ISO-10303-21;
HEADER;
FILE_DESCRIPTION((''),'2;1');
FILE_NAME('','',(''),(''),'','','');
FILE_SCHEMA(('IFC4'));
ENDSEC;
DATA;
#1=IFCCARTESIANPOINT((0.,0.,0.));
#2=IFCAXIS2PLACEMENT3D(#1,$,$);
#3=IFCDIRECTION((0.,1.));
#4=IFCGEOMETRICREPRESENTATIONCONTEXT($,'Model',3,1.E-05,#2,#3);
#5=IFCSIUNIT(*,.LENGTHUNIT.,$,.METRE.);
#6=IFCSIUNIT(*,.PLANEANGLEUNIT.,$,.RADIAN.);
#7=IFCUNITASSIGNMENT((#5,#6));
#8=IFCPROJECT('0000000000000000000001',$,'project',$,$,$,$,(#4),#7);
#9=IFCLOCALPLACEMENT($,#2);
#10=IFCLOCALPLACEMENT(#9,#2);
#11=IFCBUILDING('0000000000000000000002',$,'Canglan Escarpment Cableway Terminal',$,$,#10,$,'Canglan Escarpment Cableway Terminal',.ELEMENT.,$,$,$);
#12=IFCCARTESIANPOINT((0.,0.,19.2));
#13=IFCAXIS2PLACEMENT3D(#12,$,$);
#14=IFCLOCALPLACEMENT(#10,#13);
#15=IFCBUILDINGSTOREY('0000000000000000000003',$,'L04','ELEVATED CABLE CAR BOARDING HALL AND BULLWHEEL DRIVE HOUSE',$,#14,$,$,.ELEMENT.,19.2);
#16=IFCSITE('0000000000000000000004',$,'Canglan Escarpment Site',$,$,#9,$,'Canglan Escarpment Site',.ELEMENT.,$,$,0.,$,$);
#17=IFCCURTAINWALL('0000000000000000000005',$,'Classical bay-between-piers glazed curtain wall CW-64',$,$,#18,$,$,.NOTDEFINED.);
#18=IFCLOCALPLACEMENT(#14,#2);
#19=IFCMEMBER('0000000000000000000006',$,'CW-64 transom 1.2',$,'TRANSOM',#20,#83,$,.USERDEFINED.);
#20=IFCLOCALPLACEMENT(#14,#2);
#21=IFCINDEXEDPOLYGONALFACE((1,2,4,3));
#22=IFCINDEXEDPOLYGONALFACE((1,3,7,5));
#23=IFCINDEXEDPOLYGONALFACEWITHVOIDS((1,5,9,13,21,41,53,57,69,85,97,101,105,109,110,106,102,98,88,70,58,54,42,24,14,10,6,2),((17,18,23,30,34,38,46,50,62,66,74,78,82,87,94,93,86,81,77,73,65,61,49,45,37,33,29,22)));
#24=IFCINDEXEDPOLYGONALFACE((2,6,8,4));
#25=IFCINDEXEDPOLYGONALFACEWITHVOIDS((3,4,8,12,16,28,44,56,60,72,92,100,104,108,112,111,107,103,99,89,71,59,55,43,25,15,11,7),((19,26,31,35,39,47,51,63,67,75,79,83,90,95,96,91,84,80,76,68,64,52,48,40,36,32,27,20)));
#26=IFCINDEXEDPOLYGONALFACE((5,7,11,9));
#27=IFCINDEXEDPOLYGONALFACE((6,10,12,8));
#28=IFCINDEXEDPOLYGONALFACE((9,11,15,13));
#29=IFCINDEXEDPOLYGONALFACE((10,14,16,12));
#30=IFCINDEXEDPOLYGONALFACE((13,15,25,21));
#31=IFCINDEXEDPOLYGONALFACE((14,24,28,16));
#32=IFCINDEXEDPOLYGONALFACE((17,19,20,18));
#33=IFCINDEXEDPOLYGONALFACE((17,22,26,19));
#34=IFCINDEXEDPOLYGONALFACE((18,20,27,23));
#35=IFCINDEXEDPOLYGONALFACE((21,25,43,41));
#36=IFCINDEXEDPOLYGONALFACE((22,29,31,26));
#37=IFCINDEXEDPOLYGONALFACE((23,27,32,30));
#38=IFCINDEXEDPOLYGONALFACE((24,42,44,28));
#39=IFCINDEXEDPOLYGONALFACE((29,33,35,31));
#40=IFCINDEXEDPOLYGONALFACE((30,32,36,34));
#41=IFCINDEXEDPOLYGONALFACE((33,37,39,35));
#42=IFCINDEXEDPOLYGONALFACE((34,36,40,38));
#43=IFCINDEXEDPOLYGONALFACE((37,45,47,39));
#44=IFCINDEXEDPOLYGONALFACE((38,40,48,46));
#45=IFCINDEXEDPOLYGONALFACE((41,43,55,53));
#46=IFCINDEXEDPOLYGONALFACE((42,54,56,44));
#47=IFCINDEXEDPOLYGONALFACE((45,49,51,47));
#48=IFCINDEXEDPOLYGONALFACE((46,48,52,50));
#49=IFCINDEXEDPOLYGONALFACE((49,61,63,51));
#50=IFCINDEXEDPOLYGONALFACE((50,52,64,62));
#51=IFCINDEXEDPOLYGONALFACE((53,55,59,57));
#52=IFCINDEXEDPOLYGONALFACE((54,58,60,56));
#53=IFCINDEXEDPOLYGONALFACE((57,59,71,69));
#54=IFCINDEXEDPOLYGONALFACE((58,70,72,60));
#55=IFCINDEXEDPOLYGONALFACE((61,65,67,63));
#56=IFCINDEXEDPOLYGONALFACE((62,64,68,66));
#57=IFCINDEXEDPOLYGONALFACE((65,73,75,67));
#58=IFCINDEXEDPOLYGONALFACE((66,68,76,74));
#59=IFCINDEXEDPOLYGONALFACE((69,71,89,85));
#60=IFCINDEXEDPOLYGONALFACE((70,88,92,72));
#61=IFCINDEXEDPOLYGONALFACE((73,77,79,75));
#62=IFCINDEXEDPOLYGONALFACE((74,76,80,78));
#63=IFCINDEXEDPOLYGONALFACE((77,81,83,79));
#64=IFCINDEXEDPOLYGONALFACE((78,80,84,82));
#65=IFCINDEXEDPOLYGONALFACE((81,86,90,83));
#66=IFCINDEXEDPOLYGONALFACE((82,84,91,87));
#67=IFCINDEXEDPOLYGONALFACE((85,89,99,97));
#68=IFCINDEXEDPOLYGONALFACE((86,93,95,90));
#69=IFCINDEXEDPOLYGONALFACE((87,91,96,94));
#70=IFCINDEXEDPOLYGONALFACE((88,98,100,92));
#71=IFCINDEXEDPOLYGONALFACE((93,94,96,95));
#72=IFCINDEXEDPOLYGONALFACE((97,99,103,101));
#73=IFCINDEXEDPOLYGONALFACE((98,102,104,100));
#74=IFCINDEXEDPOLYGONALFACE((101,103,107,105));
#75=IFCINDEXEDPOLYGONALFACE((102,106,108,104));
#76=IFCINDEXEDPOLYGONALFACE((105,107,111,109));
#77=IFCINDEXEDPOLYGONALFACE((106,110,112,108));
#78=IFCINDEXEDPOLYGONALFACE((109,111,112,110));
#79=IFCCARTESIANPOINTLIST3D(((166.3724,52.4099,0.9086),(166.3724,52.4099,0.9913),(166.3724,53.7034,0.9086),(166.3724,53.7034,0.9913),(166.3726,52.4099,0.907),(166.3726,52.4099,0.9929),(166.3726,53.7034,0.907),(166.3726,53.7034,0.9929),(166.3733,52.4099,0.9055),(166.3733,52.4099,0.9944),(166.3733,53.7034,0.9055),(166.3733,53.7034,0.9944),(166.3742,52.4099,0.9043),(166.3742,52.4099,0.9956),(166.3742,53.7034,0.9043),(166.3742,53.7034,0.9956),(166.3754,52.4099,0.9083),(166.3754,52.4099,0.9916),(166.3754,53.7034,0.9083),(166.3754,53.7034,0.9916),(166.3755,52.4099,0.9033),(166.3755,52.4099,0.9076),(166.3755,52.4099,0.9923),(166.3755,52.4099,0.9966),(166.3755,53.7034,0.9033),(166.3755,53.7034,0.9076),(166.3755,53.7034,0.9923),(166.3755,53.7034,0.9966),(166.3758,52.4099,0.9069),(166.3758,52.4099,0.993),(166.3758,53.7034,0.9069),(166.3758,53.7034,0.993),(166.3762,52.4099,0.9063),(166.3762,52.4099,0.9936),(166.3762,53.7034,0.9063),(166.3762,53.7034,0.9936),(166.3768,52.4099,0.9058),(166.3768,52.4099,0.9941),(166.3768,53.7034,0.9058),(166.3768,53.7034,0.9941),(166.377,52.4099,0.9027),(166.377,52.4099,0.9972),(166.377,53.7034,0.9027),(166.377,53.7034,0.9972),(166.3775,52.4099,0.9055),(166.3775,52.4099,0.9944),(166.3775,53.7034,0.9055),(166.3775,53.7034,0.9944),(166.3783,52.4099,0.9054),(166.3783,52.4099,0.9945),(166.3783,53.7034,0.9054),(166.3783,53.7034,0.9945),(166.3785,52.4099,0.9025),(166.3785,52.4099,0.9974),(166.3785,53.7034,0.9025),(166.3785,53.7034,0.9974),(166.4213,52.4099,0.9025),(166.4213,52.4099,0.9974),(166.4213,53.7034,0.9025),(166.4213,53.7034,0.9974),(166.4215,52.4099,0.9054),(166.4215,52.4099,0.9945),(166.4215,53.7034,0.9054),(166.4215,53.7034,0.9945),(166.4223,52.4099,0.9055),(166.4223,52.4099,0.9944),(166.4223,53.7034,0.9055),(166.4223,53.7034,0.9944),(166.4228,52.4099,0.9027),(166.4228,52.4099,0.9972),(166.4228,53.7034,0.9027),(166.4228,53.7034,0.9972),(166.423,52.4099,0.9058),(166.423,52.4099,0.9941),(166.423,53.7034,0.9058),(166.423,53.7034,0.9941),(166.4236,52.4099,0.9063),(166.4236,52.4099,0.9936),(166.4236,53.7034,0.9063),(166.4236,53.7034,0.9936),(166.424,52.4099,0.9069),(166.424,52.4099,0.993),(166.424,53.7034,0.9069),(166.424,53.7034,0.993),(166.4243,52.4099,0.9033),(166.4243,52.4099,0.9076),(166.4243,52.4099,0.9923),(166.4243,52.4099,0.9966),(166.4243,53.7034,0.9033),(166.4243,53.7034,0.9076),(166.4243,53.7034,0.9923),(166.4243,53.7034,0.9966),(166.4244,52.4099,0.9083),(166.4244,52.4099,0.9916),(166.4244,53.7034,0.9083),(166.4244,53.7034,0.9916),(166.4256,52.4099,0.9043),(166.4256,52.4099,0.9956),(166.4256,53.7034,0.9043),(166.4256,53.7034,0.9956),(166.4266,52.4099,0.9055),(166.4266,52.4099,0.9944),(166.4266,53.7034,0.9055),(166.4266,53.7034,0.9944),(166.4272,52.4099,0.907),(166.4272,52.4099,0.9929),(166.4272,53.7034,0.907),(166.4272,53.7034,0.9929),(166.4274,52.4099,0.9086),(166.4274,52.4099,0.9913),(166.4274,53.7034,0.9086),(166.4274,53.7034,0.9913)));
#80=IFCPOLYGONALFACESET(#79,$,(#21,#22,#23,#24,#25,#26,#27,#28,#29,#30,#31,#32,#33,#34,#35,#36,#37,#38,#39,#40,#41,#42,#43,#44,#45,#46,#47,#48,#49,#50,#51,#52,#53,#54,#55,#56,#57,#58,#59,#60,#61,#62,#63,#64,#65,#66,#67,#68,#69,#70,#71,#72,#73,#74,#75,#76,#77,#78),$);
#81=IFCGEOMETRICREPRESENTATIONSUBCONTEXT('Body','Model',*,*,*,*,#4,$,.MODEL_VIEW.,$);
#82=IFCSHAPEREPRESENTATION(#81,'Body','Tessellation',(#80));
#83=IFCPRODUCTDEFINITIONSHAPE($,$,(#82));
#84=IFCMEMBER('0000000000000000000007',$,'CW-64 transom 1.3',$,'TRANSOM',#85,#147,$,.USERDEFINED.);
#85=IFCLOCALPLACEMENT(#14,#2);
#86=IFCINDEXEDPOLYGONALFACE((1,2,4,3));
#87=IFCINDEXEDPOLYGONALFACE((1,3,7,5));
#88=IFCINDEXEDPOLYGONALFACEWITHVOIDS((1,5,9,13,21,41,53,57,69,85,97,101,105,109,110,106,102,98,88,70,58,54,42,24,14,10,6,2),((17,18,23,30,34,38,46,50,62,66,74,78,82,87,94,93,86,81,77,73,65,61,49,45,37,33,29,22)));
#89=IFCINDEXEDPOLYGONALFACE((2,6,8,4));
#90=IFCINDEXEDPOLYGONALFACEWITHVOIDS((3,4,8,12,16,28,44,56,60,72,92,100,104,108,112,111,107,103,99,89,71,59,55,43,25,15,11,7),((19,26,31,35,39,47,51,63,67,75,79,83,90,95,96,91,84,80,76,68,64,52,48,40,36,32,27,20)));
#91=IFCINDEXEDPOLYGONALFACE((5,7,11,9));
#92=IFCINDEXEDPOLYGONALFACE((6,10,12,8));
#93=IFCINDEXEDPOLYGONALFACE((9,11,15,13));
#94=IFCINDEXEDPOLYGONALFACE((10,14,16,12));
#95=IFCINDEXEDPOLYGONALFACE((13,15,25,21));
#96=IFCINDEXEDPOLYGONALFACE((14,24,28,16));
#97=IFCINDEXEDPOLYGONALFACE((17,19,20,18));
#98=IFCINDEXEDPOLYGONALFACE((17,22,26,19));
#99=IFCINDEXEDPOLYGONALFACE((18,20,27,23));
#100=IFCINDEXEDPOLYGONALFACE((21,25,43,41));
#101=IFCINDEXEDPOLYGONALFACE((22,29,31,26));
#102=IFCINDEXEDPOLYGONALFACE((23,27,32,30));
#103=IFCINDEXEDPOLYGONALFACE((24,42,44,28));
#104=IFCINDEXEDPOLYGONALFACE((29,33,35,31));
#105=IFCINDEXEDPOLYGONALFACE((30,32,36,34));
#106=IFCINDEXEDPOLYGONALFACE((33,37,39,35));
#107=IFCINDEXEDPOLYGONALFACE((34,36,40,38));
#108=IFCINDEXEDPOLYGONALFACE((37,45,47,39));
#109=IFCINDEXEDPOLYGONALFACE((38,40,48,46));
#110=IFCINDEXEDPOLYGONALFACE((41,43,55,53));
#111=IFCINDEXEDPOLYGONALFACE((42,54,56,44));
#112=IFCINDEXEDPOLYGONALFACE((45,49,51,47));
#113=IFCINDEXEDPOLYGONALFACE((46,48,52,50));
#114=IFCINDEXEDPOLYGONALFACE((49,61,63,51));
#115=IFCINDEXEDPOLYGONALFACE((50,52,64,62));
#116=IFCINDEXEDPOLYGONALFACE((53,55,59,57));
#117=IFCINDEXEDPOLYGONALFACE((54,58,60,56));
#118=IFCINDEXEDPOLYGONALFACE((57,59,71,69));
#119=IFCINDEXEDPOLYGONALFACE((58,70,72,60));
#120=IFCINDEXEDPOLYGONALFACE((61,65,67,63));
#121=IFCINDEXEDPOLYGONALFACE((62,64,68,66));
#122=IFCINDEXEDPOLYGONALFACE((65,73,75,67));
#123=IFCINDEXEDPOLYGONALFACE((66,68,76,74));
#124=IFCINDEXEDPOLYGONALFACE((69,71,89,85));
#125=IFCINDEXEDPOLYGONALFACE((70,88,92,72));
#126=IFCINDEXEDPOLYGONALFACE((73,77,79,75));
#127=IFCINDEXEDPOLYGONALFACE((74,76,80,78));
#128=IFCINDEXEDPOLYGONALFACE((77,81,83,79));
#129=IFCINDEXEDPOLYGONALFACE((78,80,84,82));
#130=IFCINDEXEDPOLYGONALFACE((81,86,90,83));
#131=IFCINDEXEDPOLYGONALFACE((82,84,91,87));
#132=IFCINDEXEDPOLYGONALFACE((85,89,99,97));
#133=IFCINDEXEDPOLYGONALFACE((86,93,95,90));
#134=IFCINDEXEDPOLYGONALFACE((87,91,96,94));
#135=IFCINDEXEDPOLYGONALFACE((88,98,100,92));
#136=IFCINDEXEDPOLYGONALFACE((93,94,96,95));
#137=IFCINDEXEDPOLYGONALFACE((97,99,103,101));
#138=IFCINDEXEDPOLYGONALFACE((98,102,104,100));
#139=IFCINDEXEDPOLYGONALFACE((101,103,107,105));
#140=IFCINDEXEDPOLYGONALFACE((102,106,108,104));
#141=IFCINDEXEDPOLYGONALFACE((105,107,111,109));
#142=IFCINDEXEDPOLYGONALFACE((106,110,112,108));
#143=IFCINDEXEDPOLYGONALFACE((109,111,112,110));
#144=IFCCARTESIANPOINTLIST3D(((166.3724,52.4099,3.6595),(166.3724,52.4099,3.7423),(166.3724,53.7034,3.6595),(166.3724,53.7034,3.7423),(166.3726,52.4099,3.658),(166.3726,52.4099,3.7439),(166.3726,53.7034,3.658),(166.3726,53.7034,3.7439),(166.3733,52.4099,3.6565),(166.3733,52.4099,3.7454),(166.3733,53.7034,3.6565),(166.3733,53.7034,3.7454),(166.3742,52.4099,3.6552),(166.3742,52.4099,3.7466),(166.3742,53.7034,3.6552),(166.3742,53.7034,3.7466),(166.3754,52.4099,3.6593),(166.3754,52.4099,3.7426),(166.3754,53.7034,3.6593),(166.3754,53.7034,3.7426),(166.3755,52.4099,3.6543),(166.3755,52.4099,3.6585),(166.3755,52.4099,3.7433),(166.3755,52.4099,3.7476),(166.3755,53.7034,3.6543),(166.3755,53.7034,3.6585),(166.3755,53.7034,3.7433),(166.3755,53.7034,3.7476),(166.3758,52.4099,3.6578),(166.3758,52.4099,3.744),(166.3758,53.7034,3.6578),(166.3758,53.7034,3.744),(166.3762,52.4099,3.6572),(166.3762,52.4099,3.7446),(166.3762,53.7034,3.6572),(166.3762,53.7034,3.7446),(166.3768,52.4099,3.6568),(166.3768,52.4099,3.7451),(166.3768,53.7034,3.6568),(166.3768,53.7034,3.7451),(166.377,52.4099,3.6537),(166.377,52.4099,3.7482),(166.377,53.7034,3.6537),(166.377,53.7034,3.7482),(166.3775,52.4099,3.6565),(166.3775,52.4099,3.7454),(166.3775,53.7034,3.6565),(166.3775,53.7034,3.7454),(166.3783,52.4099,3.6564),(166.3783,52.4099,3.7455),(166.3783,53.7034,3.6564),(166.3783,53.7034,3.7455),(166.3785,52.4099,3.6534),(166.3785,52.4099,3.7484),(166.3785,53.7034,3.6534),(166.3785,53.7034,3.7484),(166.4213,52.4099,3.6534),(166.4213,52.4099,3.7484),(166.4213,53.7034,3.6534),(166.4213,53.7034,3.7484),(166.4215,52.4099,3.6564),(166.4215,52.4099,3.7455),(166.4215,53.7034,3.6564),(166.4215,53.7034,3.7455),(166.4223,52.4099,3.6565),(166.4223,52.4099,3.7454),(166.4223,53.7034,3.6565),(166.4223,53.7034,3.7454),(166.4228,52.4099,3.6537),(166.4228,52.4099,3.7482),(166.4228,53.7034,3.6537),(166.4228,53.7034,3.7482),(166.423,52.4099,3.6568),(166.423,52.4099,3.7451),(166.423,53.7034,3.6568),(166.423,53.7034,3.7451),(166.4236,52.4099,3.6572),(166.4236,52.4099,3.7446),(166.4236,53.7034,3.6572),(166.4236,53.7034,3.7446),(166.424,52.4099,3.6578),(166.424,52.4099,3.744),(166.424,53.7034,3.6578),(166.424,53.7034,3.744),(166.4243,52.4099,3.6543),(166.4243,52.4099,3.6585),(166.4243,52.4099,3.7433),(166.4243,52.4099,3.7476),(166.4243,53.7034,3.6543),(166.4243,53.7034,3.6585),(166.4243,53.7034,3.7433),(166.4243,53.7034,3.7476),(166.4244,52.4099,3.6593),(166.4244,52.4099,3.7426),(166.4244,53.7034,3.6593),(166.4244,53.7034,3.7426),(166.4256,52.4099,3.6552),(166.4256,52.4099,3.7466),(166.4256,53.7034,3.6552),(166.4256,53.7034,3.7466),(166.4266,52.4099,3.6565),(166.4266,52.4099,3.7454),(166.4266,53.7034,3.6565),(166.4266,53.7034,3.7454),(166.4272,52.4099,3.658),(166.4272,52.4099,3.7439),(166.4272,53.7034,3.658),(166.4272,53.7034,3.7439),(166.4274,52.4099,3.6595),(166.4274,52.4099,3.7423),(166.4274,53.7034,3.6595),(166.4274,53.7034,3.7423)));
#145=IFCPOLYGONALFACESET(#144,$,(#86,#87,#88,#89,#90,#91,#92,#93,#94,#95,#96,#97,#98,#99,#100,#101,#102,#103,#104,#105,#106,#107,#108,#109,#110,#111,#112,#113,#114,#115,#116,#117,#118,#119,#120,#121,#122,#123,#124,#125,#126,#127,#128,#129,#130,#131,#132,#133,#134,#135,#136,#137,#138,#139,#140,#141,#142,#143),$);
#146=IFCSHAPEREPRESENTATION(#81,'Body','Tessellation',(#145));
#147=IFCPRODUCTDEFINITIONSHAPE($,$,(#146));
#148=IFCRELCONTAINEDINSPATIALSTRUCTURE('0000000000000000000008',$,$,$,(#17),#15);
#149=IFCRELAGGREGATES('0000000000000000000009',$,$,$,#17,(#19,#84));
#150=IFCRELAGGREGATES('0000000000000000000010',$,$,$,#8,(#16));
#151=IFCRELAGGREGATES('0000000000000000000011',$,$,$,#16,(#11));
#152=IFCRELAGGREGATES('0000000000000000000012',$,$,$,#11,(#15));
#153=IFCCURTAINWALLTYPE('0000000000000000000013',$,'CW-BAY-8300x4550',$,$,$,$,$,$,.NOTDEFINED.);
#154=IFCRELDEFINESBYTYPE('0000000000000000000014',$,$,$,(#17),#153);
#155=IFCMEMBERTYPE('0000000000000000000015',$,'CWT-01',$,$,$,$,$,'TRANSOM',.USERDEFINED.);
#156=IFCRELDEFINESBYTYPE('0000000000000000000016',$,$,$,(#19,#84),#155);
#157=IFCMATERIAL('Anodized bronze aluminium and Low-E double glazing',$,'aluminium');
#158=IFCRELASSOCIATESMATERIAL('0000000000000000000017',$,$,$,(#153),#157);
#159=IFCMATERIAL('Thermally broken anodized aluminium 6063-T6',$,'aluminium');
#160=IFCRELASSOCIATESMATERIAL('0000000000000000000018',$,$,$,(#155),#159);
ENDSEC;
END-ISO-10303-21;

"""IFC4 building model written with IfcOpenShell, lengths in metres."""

from ifc_helpers import new_model, si_unit, direction, frame, origin, origin_2d, place, context, subcontext, project, spatial, hollow_rectangle, extrude, material, material_profile, profile_set, type_object, element, aggregate, save


model = new_model("IFC4")

# Units and contexts
model_context = context("Model", 3, precision=1e-05, world=origin(), true_north=direction((0.0, 1.0)))
body_context = subcontext(model_context, "Body", "Model", "MODEL_VIEW")
ifc_project = project(units=[si_unit("LENGTHUNIT", "METRE"), si_unit("PLANEANGLEUNIT", "RADIAN")], contexts=[model_context])

# Site, building, storey
site_placement = place(None, origin())
site = spatial("IfcSite", under=ifc_project, at=site_placement, Name="Canglan Escarpment Site", LongName="Canglan Escarpment Site", CompositionType="ELEMENT", RefElevation=0.0)
building_placement = place(site_placement, origin())
building = spatial("IfcBuilding", under=site, at=building_placement, Name="Canglan Escarpment Cableway Terminal", LongName="Canglan Escarpment Cableway Terminal", CompositionType="ELEMENT")
storey_placement = place(building_placement, frame((0.0, 0.0, 19.2)))
storey = spatial("IfcBuildingStorey", under=building, at=storey_placement, Name="L04", Description="ELEVATED CABLE CAR BOARDING HALL AND BULLWHEEL DRIVE HOUSE", CompositionType="ELEMENT", Elevation=19.2)

# Curtain wall
ifc_material_1 = material(Name="Anodized bronze aluminium and Low-E double glazing", Category="aluminium")
curtain_wall_type = type_object("IfcCurtainWallType", Name="CW-BAY-8300x4550", PredefinedType="NOTDEFINED", material=ifc_material_1)
curtain_wall_1_placement = place(storey_placement, origin())
curtain_wall_1 = element("IfcCurtainWall", 1, at=curtain_wall_1_placement, inside=storey, type_object=curtain_wall_type, Name="Classical bay-between-piers glazed curtain wall CW-64", PredefinedType="NOTDEFINED")
ifc_material_2 = material(Name="Thermally broken anodized aluminium 6063-T6", Category="aluminium")

# Members
ifc_material_profile_1 = material_profile(ifc_material_2, hollow_rectangle(XDim=0.0549, YDim=0.095, WallThickness=0.0029, InnerFilletRadius=0.0029, OuterFilletRadius=0.0061, at=origin_2d()), Name="ALU-TRAN 55x95x3")
ifc_profile_set_1 = profile_set([ifc_material_profile_1], Name="Thermally broken anodized aluminium 6063-T6")
member_type_1 = type_object("IfcMemberType", Name="CWT-01", ElementType="TRANSOM", PredefinedType="USERDEFINED", material=ifc_profile_set_1)
member_1_placement = place(storey_placement, frame((166.3999, 52.4099, 0.95), z_axis=(0.0, 1.0, 0.0), x_axis=(-1.0, 0.0, 0.0)))
member_1 = element("IfcMember", 2, at=member_1_placement, type_object=member_type_1, Name="CW-64 transom 1.2", ObjectType="TRANSOM", PredefinedType="USERDEFINED", context=body_context, shape_type="SweptSolid", body=[
    extrude(hollow_rectangle(XDim=0.0549, YDim=0.095, WallThickness=0.0029, InnerFilletRadius=0.0029, OuterFilletRadius=0.0061, at=origin_2d()), origin(), (0.0, 0.0, 1.0), 1.2935),
])
member_2_placement = place(storey_placement, frame((166.3999, 52.4099, 3.7009), z_axis=(0.0, 1.0, 0.0), x_axis=(-1.0, 0.0, 0.0)))
member_2 = element("IfcMember", 3, at=member_2_placement, type_object=member_type_1, Name="CW-64 transom 1.3", ObjectType="TRANSOM", PredefinedType="USERDEFINED", context=body_context, shape_type="SweptSolid", body=[
    extrude(hollow_rectangle(XDim=0.0549, YDim=0.095, WallThickness=0.0029, InnerFilletRadius=0.0029, OuterFilletRadius=0.0061, at=origin_2d()), origin(), (0.0, 0.0, 1.0), 1.2935),
])

aggregate(curtain_wall_1, [member_1, member_2])

save(model, "model.ifc")
